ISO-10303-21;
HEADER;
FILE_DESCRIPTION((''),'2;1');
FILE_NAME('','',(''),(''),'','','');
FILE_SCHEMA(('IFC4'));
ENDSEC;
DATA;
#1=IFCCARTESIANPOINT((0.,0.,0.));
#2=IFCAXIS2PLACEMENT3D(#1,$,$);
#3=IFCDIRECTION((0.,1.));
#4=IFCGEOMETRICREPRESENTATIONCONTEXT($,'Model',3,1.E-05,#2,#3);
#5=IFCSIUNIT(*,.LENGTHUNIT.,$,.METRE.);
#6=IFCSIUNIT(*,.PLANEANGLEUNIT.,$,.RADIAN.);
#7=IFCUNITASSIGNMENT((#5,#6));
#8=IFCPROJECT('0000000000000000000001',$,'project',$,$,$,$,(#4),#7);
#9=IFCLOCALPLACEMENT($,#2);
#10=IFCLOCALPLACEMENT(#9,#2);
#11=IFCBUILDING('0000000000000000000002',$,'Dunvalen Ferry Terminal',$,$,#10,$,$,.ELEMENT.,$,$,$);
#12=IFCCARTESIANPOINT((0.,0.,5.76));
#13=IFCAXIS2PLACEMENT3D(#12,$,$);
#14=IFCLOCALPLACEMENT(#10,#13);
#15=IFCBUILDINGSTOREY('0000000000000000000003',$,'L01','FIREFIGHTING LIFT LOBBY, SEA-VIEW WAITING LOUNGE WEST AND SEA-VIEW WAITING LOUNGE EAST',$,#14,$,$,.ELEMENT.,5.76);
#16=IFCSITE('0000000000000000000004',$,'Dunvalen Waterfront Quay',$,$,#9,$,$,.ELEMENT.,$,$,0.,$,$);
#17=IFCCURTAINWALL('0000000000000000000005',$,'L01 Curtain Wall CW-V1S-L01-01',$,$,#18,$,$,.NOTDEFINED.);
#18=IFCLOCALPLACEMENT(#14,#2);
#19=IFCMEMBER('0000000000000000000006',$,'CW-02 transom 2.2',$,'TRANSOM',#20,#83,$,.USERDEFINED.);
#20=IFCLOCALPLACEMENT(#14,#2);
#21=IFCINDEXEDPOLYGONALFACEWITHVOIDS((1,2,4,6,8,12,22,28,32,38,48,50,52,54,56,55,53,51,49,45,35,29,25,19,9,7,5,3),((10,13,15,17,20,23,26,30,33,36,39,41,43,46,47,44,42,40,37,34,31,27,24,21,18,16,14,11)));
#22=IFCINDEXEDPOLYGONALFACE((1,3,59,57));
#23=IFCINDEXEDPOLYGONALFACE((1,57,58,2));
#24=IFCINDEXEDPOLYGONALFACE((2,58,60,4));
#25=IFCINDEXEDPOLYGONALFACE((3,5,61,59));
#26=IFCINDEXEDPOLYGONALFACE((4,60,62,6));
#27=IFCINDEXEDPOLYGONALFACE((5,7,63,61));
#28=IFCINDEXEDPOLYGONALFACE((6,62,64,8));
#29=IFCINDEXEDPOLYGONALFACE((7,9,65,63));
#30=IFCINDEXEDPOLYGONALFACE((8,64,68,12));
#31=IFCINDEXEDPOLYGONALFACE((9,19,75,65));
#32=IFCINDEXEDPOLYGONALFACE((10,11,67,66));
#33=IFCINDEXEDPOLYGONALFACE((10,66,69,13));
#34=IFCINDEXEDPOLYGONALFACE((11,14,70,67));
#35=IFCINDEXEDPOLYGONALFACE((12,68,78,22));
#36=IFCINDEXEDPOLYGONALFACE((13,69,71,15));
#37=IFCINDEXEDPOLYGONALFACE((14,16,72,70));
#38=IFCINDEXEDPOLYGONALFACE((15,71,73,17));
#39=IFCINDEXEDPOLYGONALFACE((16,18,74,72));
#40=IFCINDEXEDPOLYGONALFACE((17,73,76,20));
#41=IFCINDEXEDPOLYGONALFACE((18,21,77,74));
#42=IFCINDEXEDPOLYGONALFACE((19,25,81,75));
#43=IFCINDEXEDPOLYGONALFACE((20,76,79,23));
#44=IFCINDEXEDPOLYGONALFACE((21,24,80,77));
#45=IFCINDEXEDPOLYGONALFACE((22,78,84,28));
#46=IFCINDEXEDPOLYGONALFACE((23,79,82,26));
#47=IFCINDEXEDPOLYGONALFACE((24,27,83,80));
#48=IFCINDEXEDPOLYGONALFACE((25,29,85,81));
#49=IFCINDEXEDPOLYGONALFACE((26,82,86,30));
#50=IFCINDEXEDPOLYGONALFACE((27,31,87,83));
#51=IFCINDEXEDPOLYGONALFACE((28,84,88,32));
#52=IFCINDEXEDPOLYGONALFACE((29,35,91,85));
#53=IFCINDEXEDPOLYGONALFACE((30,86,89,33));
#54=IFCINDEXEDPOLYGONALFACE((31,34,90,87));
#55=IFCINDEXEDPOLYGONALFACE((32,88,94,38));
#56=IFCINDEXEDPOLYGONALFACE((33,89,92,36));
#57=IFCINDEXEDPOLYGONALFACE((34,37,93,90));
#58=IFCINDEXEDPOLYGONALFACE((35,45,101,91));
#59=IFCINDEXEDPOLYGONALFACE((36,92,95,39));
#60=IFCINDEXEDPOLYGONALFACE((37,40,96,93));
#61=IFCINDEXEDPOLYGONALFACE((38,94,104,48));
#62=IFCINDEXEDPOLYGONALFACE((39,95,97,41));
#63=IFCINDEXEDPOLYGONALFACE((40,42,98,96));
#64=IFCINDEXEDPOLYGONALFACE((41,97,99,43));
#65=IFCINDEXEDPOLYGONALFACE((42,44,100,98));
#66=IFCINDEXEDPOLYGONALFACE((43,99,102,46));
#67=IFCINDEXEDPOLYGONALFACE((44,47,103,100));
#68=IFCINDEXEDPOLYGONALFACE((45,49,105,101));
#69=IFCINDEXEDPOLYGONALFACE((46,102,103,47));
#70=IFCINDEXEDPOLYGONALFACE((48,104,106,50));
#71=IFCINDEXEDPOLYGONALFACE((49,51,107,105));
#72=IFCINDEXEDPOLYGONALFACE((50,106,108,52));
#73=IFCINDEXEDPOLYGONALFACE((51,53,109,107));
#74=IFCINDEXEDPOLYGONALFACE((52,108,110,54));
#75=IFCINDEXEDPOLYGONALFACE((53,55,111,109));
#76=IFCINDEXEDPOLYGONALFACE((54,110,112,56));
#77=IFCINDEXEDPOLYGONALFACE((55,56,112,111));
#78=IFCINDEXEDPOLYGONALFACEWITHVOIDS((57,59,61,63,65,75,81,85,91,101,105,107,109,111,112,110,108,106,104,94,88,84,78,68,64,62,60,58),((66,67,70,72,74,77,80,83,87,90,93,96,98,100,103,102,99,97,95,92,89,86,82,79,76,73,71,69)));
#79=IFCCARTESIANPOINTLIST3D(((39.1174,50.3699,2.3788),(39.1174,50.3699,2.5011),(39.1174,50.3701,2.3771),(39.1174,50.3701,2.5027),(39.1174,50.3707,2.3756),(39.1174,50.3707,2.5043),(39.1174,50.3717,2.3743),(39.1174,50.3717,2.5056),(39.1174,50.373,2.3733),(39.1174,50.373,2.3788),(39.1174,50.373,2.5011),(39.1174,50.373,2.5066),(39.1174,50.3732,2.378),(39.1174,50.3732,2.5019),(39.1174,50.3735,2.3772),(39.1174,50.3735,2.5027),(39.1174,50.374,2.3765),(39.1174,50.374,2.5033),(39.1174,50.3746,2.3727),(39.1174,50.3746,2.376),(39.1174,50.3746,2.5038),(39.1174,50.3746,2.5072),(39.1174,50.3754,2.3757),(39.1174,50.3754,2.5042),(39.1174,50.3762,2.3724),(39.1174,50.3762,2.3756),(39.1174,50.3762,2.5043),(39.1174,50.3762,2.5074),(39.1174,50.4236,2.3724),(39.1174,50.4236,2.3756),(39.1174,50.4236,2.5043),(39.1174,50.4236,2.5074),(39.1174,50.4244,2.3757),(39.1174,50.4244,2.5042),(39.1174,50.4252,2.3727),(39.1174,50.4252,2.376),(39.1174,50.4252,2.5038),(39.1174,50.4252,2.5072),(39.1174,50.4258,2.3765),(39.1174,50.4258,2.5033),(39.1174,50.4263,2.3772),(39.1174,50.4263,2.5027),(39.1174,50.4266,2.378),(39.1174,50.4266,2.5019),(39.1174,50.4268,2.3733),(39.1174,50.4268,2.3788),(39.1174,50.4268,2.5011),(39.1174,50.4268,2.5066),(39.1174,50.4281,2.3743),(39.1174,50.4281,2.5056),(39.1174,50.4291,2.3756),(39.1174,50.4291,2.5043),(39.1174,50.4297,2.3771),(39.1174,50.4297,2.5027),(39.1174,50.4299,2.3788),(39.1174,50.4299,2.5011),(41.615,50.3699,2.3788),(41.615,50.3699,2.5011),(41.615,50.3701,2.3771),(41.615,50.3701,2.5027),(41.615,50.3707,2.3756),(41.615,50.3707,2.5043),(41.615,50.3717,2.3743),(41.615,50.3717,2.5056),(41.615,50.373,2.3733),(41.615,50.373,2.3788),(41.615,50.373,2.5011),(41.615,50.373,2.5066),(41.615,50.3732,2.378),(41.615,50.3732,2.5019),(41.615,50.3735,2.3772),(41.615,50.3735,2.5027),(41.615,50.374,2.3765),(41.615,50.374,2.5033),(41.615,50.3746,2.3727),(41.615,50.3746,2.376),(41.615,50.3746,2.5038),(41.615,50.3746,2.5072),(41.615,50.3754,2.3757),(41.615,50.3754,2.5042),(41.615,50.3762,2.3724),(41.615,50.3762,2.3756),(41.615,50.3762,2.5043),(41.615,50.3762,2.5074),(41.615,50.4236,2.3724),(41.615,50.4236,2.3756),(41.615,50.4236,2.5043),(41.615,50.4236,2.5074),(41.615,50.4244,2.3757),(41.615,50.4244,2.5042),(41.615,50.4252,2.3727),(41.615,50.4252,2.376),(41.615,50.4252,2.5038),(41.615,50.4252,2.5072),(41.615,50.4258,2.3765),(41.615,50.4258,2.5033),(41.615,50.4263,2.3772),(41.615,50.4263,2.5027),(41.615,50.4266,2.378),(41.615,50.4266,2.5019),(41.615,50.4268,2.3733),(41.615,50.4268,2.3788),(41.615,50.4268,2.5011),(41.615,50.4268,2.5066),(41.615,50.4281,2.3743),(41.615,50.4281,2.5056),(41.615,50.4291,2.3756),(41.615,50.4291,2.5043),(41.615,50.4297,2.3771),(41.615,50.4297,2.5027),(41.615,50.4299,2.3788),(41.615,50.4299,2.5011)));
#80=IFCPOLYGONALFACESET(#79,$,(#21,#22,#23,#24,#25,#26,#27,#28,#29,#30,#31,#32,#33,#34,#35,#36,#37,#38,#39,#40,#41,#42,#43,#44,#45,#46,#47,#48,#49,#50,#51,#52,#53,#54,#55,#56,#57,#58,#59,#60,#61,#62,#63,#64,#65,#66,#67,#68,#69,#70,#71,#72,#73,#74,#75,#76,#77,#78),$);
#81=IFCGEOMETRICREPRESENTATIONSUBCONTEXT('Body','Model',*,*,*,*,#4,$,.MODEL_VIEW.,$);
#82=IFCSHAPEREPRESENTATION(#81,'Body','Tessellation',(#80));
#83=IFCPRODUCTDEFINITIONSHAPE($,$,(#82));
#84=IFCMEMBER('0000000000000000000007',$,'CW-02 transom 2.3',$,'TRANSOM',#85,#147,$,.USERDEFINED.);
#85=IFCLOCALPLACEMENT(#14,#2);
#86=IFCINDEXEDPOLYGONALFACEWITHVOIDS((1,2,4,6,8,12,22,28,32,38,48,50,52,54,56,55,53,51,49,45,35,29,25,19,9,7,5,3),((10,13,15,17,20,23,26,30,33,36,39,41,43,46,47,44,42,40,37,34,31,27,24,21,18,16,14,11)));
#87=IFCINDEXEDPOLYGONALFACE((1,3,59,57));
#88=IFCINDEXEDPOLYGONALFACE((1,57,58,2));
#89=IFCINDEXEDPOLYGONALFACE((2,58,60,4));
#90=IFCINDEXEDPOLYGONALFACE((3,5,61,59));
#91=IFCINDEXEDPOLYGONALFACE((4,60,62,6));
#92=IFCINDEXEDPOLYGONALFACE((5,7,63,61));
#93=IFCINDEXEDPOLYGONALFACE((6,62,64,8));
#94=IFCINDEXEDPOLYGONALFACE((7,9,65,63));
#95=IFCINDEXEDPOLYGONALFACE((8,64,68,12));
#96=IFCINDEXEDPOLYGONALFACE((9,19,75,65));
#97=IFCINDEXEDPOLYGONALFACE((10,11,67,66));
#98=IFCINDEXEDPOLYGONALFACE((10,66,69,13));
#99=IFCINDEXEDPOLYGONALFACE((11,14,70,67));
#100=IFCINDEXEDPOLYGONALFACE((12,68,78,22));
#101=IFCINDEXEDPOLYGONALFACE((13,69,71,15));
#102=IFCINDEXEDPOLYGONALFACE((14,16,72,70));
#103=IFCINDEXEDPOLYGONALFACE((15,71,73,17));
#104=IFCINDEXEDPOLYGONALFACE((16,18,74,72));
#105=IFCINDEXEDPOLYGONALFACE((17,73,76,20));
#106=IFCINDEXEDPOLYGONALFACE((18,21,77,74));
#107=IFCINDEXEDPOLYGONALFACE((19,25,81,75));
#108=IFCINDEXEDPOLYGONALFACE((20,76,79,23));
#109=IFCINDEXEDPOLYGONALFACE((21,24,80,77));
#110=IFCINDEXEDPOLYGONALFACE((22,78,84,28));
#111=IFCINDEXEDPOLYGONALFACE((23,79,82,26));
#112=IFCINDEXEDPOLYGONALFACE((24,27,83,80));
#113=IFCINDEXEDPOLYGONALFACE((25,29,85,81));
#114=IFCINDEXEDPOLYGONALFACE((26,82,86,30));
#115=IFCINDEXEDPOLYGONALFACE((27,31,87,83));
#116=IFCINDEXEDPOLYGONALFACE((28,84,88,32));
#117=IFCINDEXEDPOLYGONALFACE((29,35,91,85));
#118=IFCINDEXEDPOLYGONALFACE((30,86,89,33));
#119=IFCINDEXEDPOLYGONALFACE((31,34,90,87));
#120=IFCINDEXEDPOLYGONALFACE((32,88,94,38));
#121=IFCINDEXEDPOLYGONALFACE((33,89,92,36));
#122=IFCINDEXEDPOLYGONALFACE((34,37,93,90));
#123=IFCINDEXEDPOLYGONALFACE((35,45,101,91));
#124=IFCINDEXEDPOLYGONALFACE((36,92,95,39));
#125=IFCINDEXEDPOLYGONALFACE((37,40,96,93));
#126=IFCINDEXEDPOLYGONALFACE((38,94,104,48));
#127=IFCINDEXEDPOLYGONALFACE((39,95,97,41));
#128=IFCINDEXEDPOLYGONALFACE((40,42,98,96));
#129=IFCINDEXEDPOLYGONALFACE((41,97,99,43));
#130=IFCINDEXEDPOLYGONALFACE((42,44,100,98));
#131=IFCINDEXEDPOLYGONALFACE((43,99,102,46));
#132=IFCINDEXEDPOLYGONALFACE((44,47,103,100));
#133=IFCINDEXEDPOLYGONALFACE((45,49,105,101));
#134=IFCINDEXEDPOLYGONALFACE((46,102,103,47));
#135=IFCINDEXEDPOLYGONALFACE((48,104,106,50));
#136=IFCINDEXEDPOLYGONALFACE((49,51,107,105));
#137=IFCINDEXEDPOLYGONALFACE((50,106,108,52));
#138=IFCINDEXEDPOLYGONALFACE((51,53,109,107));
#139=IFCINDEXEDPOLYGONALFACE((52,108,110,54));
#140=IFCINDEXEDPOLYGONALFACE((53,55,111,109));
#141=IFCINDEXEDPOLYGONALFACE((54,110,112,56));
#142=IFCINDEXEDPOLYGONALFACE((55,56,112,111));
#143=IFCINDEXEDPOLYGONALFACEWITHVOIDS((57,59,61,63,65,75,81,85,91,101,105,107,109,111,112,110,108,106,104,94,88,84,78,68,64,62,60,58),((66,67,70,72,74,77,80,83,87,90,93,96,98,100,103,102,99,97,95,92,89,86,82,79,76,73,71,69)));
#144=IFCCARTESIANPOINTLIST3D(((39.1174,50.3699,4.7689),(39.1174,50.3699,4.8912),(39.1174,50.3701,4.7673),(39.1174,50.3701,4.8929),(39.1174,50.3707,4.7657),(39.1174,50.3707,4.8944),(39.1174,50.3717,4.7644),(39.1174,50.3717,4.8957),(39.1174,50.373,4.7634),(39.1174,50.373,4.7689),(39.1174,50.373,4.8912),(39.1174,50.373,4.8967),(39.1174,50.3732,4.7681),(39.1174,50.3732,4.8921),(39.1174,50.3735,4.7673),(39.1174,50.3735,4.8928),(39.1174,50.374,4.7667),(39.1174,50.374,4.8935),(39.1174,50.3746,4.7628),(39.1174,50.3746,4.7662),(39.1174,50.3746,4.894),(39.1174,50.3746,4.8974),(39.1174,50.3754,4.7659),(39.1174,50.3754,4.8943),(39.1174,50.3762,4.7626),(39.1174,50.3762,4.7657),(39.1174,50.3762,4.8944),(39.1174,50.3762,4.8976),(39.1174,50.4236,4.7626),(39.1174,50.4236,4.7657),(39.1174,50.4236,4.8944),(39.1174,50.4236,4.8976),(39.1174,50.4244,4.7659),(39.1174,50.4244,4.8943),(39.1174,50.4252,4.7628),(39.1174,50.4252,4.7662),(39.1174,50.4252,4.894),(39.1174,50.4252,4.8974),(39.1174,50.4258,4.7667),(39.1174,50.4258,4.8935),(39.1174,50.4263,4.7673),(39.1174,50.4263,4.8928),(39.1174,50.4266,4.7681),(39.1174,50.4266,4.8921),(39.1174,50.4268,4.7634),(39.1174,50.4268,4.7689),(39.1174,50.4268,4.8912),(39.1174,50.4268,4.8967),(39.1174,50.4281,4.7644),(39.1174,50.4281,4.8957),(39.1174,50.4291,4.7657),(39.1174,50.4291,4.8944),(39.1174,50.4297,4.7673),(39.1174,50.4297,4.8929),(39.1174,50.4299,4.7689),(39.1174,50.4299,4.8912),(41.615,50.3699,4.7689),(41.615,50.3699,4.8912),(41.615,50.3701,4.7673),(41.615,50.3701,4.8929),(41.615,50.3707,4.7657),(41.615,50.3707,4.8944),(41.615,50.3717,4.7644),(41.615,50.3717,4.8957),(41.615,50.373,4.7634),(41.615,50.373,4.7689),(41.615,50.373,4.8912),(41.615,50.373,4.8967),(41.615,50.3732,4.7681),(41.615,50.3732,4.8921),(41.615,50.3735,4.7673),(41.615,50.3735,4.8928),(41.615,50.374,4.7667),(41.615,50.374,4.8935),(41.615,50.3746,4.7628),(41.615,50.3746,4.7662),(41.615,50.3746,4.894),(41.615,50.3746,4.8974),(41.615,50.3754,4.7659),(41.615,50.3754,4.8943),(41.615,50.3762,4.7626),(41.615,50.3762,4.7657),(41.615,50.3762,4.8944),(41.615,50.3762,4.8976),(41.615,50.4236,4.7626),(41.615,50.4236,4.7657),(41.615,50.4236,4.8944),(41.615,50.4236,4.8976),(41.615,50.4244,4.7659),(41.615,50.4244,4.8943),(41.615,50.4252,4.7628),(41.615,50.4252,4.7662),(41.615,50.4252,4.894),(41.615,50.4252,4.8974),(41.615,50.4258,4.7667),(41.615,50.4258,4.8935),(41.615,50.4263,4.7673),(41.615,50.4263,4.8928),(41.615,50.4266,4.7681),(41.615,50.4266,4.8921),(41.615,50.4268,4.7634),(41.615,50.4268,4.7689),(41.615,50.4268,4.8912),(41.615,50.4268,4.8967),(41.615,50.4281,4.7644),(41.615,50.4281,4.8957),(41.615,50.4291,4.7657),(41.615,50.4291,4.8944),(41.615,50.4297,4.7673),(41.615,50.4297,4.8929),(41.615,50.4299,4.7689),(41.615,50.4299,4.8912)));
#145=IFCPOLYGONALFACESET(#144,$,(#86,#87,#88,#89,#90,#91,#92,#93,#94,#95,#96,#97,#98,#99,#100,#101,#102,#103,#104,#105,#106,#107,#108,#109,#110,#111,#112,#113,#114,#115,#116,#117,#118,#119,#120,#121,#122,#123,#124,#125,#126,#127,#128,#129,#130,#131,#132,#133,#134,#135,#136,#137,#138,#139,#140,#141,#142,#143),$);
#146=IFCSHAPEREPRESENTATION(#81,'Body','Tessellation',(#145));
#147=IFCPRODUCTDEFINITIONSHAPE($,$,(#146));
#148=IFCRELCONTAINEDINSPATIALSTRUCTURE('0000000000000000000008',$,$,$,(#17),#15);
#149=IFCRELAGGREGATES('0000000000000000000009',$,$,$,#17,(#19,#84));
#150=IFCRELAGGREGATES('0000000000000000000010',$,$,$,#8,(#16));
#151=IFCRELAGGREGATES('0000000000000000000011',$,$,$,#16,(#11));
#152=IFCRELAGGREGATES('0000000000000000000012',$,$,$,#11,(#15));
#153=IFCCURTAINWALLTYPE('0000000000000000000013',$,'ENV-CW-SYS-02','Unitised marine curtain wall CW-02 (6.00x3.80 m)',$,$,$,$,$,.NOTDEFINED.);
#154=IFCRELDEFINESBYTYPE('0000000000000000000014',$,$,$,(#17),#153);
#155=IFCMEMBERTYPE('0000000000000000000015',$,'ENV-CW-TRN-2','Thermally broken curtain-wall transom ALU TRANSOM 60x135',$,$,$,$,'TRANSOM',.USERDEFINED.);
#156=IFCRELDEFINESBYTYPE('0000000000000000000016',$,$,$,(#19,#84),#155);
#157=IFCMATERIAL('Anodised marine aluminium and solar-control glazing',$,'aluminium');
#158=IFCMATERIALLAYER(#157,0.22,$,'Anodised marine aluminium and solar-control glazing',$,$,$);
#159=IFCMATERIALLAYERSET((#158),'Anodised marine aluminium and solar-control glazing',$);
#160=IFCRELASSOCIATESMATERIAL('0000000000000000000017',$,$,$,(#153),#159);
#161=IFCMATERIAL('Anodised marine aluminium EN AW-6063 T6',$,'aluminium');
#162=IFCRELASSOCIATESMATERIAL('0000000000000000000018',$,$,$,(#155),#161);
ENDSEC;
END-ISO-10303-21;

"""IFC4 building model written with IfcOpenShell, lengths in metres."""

from ifc_helpers import new_model, si_unit, direction, frame, origin, origin_2d, place, context, subcontext, project, spatial, hollow_rectangle, extrude, material, layer, layer_set, material_profile, profile_set, type_object, element, aggregate, save


model = new_model("IFC4")

# Units and contexts
model_context = context("Model", 3, precision=1e-05, world=origin(), true_north=direction((0.0, 1.0)))
body_context = subcontext(model_context, "Body", "Model", "MODEL_VIEW")
ifc_project = project(units=[si_unit("LENGTHUNIT", "METRE"), si_unit("PLANEANGLEUNIT", "RADIAN")], contexts=[model_context])

# Site, building, storey
site_placement = place(None, origin())
site = spatial("IfcSite", under=ifc_project, at=site_placement, Name="Dunvalen Waterfront Quay", CompositionType="ELEMENT", RefElevation=0.0)
building_placement = place(site_placement, origin())
building = spatial("IfcBuilding", under=site, at=building_placement, Name="Dunvalen Ferry Terminal", CompositionType="ELEMENT")
storey_placement = place(building_placement, frame((0.0, 0.0, 5.76)))
storey = spatial("IfcBuildingStorey", under=building, at=storey_placement, Name="L01", Description="FIREFIGHTING LIFT LOBBY, SEA-VIEW WAITING LOUNGE WEST AND SEA-VIEW WAITING LOUNGE EAST", CompositionType="ELEMENT", Elevation=5.76)

# Curtain wall
ifc_material_1 = material(Name="Anodised marine aluminium and solar-control glazing", Category="aluminium")
ifc_layer_1 = layer(ifc_material_1, 0.22, Name="Anodised marine aluminium and solar-control glazing")
ifc_layer_set_1 = layer_set([ifc_layer_1], Name="Anodised marine aluminium and solar-control glazing")
curtain_wall_type = type_object("IfcCurtainWallType", Name="ENV-CW-SYS-02", Description="Unitised marine curtain wall CW-02 (6.00x3.80 m)", PredefinedType="NOTDEFINED", material=ifc_layer_set_1)
curtain_wall_1_placement = place(storey_placement, origin())
curtain_wall_1 = element("IfcCurtainWall", 1, at=curtain_wall_1_placement, inside=storey, type_object=curtain_wall_type, Name="L01 Curtain Wall CW-V1S-L01-01", PredefinedType="NOTDEFINED")
ifc_material_2 = material(Name="Anodised marine aluminium EN AW-6063 T6", Category="aluminium")

# Members
ifc_material_profile_1 = material_profile(ifc_material_2, hollow_rectangle(XDim=0.0601, YDim=0.135, WallThickness=0.0032, InnerFilletRadius=0.0032, OuterFilletRadius=0.0063, at=origin_2d()), Name="Anodised marine aluminium EN AW-6063 T6")
ifc_profile_set_1 = profile_set([ifc_material_profile_1], Name="Anodised marine aluminium EN AW-6063 T6")
member_type_1 = type_object("IfcMemberType", Name="ENV-CW-TRN-2", Description="Thermally broken curtain-wall transom ALU TRANSOM 60x135", ElementType="TRANSOM", PredefinedType="USERDEFINED", material=ifc_profile_set_1)
member_1_placement = place(storey_placement, frame((39.1174, 50.3999, 2.4399), z_axis=(1.0, 0.0, 0.0), x_axis=(0.0, 1.0, 0.0)))
member_1 = element("IfcMember", 2, at=member_1_placement, type_object=member_type_1, Name="CW-02 transom 2.2", ObjectType="TRANSOM", PredefinedType="USERDEFINED", context=body_context, shape_type="SweptSolid", body=[
    extrude(hollow_rectangle(XDim=0.0601, YDim=0.135, WallThickness=0.0032, InnerFilletRadius=0.0032, OuterFilletRadius=0.0063, at=origin_2d()), origin(), (0.0, 0.0, 1.0), 2.4976),
])
member_2_placement = place(storey_placement, frame((39.1174, 50.3999, 4.8301), z_axis=(1.0, 0.0, 0.0), x_axis=(0.0, 1.0, 0.0)))
member_2 = element("IfcMember", 3, at=member_2_placement, type_object=member_type_1, Name="CW-02 transom 2.3", ObjectType="TRANSOM", PredefinedType="USERDEFINED", context=body_context, shape_type="SweptSolid", body=[
    extrude(hollow_rectangle(XDim=0.0601, YDim=0.135, WallThickness=0.0032, InnerFilletRadius=0.0032, OuterFilletRadius=0.0063, at=origin_2d()), origin(), (0.0, 0.0, 1.0), 2.4976),
])

aggregate(curtain_wall_1, [member_1, member_2])

save(model, "model.ifc")
